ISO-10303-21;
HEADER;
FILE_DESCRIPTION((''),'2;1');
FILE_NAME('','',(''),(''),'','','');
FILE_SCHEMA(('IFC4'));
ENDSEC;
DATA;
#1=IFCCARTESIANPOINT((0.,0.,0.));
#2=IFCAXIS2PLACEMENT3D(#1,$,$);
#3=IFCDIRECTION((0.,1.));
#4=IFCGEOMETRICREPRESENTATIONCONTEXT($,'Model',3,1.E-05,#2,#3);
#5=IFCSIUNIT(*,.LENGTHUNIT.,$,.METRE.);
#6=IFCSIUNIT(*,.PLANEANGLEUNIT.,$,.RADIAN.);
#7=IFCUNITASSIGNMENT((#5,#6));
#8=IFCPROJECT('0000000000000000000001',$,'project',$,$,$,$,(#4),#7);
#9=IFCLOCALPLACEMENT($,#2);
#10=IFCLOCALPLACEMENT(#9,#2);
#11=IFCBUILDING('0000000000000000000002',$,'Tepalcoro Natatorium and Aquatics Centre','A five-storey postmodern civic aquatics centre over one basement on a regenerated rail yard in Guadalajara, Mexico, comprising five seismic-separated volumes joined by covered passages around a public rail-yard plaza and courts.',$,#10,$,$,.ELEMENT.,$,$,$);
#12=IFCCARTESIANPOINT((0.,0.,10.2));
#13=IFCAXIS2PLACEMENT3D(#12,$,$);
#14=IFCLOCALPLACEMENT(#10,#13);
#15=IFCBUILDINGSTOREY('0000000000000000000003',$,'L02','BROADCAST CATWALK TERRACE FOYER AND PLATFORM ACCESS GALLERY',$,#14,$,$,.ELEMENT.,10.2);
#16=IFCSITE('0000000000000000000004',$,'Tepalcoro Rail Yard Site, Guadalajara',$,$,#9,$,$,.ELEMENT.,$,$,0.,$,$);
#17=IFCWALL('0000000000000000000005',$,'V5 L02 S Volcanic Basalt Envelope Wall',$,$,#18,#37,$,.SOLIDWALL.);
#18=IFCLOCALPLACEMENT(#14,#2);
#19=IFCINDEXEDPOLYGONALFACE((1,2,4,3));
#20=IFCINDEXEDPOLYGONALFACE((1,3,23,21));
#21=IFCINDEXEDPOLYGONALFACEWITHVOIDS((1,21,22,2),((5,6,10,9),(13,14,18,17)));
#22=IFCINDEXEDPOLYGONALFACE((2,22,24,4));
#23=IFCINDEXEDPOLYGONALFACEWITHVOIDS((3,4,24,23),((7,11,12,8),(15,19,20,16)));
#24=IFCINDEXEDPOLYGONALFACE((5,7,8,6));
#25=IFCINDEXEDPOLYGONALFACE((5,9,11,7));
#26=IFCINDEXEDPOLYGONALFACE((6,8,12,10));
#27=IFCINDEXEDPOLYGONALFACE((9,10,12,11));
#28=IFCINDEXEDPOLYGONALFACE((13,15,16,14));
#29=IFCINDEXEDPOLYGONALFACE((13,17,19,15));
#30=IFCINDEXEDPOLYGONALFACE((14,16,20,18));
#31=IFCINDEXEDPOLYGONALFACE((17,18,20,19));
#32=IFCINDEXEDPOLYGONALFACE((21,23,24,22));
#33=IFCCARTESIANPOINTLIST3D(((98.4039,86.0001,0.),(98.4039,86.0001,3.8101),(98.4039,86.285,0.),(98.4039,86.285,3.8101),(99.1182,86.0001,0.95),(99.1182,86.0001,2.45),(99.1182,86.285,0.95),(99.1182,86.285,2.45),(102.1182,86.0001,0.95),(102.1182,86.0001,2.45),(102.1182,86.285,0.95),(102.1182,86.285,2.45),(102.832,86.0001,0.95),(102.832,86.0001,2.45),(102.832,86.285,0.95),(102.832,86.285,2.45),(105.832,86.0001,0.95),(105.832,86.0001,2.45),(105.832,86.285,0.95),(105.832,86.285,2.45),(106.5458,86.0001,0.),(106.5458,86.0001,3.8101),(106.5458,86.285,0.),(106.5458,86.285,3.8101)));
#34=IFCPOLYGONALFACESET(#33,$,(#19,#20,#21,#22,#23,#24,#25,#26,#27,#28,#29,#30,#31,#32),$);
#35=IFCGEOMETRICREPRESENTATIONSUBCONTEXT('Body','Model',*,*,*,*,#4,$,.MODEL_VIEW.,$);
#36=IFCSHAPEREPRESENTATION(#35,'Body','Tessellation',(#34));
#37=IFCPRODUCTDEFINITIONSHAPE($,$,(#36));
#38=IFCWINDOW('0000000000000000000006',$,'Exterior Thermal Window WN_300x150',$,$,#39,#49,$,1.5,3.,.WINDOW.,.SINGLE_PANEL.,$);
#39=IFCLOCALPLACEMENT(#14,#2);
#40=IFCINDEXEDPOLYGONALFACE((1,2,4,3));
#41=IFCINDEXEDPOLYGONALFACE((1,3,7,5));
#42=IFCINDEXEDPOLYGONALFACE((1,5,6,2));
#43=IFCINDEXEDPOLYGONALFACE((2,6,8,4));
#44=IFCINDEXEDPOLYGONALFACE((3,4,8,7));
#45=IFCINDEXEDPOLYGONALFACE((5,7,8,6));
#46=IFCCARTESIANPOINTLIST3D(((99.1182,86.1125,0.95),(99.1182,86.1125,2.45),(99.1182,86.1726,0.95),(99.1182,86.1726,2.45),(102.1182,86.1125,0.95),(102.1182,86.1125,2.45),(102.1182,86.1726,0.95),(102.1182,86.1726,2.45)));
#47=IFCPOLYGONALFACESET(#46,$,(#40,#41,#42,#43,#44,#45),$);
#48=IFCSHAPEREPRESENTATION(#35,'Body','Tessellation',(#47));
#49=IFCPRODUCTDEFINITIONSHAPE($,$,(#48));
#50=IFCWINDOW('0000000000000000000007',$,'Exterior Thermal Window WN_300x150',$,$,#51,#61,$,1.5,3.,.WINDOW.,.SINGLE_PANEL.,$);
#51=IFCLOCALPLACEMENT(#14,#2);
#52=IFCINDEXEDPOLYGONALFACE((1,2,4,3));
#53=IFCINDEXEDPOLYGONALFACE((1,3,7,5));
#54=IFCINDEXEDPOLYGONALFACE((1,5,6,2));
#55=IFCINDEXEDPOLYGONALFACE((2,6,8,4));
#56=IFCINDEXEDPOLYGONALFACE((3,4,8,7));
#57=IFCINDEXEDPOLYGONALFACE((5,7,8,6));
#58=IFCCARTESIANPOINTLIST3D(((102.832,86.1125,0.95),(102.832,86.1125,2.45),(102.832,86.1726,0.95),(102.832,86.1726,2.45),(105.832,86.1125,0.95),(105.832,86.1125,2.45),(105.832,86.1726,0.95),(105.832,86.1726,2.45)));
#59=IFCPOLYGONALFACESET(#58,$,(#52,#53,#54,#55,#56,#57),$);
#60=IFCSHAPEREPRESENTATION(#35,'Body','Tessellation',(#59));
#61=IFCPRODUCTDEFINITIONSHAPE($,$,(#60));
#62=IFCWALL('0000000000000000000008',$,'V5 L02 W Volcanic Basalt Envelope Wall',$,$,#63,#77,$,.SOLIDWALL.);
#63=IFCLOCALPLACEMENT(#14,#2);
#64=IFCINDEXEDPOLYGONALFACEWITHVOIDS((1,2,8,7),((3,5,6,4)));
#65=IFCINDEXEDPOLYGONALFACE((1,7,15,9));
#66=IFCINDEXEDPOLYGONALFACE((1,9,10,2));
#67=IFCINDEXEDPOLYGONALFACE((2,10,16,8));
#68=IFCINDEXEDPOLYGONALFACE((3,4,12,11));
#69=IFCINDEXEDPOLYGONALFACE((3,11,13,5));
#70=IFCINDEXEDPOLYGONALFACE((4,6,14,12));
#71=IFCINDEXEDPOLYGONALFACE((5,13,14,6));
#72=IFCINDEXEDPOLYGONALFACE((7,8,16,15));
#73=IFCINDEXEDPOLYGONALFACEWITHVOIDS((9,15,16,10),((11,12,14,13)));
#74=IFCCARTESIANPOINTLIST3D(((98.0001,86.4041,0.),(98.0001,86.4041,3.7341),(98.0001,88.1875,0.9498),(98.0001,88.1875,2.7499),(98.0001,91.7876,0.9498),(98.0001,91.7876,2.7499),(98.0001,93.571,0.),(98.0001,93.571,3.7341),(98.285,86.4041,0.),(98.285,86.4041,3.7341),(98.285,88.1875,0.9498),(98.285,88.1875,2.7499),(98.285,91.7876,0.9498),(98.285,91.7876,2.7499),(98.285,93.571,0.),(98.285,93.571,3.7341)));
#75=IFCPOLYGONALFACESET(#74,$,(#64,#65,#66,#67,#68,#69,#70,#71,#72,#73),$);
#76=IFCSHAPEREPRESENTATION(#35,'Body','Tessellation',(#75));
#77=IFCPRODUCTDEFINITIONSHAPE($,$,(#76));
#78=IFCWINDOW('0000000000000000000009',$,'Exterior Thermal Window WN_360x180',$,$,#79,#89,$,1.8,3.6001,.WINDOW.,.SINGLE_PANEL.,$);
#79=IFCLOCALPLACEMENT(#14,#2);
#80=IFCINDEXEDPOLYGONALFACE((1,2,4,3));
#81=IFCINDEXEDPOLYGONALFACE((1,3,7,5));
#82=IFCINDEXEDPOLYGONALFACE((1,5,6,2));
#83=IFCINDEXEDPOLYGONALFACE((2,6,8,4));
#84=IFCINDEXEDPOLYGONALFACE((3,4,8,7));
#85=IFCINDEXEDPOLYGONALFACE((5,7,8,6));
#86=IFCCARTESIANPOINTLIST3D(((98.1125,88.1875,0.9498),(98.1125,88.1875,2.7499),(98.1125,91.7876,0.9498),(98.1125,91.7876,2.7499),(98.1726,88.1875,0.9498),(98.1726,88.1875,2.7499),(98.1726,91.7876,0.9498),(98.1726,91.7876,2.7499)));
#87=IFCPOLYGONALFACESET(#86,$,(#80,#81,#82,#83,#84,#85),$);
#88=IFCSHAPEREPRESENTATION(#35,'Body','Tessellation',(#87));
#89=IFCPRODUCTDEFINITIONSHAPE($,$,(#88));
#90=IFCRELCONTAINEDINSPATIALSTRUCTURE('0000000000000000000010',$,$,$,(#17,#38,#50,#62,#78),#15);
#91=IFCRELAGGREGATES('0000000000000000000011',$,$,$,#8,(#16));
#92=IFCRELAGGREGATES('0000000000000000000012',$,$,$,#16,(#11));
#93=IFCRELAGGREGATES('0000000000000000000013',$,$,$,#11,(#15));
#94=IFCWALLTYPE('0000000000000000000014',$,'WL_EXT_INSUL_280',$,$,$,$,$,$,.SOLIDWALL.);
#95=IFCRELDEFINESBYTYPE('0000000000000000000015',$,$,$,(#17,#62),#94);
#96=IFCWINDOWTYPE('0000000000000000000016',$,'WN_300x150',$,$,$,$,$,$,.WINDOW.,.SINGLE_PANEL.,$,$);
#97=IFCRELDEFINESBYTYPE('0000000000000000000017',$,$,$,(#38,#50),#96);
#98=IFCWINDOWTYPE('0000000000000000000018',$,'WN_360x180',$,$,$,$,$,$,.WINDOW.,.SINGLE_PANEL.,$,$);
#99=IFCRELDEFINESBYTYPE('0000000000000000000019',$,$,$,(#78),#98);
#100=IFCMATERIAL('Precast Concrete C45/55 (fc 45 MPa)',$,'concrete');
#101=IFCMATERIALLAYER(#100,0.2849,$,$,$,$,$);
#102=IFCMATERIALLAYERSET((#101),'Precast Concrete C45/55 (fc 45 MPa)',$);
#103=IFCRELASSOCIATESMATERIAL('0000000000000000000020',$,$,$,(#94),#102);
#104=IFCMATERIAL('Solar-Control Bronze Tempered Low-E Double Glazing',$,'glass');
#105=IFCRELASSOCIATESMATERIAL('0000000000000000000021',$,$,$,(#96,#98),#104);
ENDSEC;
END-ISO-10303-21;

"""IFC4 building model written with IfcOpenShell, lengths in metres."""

from ifc_helpers import new_model, si_unit, direction, frame, frame_2d, origin, place, context, subcontext, project, spatial, rectangle, extrude, material, layer, layer_set, type_object, element, fill, save


model = new_model("IFC4")

# Units and contexts
model_context = context("Model", 3, precision=1e-05, world=origin(), true_north=direction((0.0, 1.0)))
body_context = subcontext(model_context, "Body", "Model", "MODEL_VIEW")
ifc_project = project(units=[si_unit("LENGTHUNIT", "METRE"), si_unit("PLANEANGLEUNIT", "RADIAN")], contexts=[model_context])

# Site, building, storey
site_placement = place(None, origin())
site = spatial("IfcSite", under=ifc_project, at=site_placement, Name="Tepalcoro Rail Yard Site, Guadalajara", CompositionType="ELEMENT", RefElevation=0.0)
building_placement = place(site_placement, origin())
building = spatial("IfcBuilding", under=site, at=building_placement, Name="Tepalcoro Natatorium and Aquatics Centre", Description="A five-storey postmodern civic aquatics centre over one basement on a regenerated rail yard in Guadalajara, Mexico, comprising five seismic-separated volumes joined by covered passages around a public rail-yard plaza and courts.", CompositionType="ELEMENT")
storey_placement = place(building_placement, frame((0.0, 0.0, 10.2)))
storey = spatial("IfcBuildingStorey", under=building, at=storey_placement, Name="L02", Description="BROADCAST CATWALK TERRACE FOYER AND PLATFORM ACCESS GALLERY", CompositionType="ELEMENT", Elevation=10.2)

# Wall, openings, windows
ifc_material_1 = material(Name="Precast Concrete C45/55 (fc 45 MPa)", Category="concrete")
ifc_layer_1 = layer(ifc_material_1, 0.2849)
ifc_layer_set_1 = layer_set([ifc_layer_1], Name="Precast Concrete C45/55 (fc 45 MPa)")
wall_type = type_object("IfcWallType", Name="WL_EXT_INSUL_280", PredefinedType="SOLIDWALL", material=ifc_layer_set_1)
wall_1_placement = place(storey_placement, frame((98.4041, 86.1426, 0.0), z_axis=(0.0, 0.0, 1.0), x_axis=(1.0, 0.0, 0.0)))
wall_1 = element("IfcWall", 1, at=wall_1_placement, inside=storey, type_object=wall_type, Name="V5 L02 S Volcanic Basalt Envelope Wall", PredefinedType="SOLIDWALL", context=body_context, shape_type="SweptSolid", body=[
    extrude(rectangle(XDim=8.1418, YDim=0.2849, at=frame_2d((4.0708, 0.0))), origin(), (0.0, 0.0, 1.0), 3.8101),
])
opening_1_placement = place(wall_1_placement, frame((0.7141, 0.0, 0.95)))
opening_1 = element("IfcOpeningElement", 2, at=opening_1_placement, cuts=wall_1, PredefinedType="OPENING", context=body_context, shape_type="SweptSolid", body=[
    extrude(rectangle(XDim=3.0, YDim=1.5, at=frame_2d((1.5, 0.75))), frame((0.0, 0.1543, 0.0), z_axis=(0.0, -1.0, 0.0), x_axis=(1.0, 0.0, 0.0)), (0.0, 0.0, 1.0), 0.3088),
])
opening_2_placement = place(wall_1_placement, frame((4.428, 0.0, 0.95)))
opening_2 = element("IfcOpeningElement", 3, at=opening_2_placement, cuts=wall_1, PredefinedType="OPENING", context=body_context, shape_type="SweptSolid", body=[
    extrude(rectangle(XDim=3.0, YDim=1.5, at=frame_2d((1.5, 0.75))), frame((0.0, 0.1543, 0.0), z_axis=(0.0, -1.0, 0.0), x_axis=(1.0, 0.0, 0.0)), (0.0, 0.0, 1.0), 0.3088),
])
ifc_material_2 = material(Name="Solar-Control Bronze Tempered Low-E Double Glazing", Category="glass")
window_type_1 = type_object("IfcWindowType", Name="WN_300x150", PartitioningType="SINGLE_PANEL", PredefinedType="WINDOW", material=ifc_material_2)
window_1_placement = place(opening_1_placement, origin())
window_1 = element("IfcWindow", 4, at=window_1_placement, inside=storey, type_object=window_type_1, Name="Exterior Thermal Window WN_300x150", OverallHeight=1.5, OverallWidth=3.0, PartitioningType="SINGLE_PANEL", PredefinedType="WINDOW", context=body_context, shape_type="SweptSolid", body=[
    extrude(rectangle(XDim=3.0, YDim=1.5, at=frame_2d((1.5, 0.75))), frame((0.0, 0.03, 0.0), z_axis=(0.0, -1.0, 0.0), x_axis=(1.0, 0.0, 0.0)), (0.0, 0.0, 1.0), 0.0601),
])
fill(opening_1, window_1)
window_2_placement = place(opening_2_placement, origin())
window_2 = element("IfcWindow", 5, at=window_2_placement, inside=storey, type_object=window_type_1, Name="Exterior Thermal Window WN_300x150", OverallHeight=1.5, OverallWidth=3.0, PartitioningType="SINGLE_PANEL", PredefinedType="WINDOW", context=body_context, shape_type="SweptSolid", body=[
    extrude(rectangle(XDim=3.0, YDim=1.5, at=frame_2d((1.5, 0.75))), frame((0.0, 0.03, 0.0), z_axis=(0.0, -1.0, 0.0), x_axis=(1.0, 0.0, 0.0)), (0.0, 0.0, 1.0), 0.0601),
])
fill(opening_2, window_2)

# Wall, opening, window
wall_2_placement = place(storey_placement, frame((98.1426, 86.4041, 0.0), z_axis=(0.0, 0.0, 1.0), x_axis=(0.0, 1.0, 0.0)))
wall_2 = element("IfcWall", 6, at=wall_2_placement, inside=storey, type_object=wall_type, Name="V5 L02 W Volcanic Basalt Envelope Wall", PredefinedType="SOLIDWALL", context=body_context, shape_type="SweptSolid", body=[
    extrude(rectangle(XDim=7.167, YDim=0.2849, at=frame_2d((3.5835, 0.0))), origin(), (0.0, 0.0, 1.0), 3.7341),
])
opening_3_placement = place(wall_2_placement, frame((1.7834, 0.0, 0.95)))
opening_3 = element("IfcOpeningElement", 7, at=opening_3_placement, cuts=wall_2, PredefinedType="OPENING", context=body_context, shape_type="SweptSolid", body=[
    extrude(rectangle(XDim=3.6001, YDim=1.8, at=frame_2d((1.8, 0.8999))), frame((0.0, 0.1543, 0.0), z_axis=(0.0, -1.0, 0.0), x_axis=(1.0, 0.0, 0.0)), (0.0, 0.0, 1.0), 0.3088),
])
window_type_2 = type_object("IfcWindowType", Name="WN_360x180", PartitioningType="SINGLE_PANEL", PredefinedType="WINDOW", material=ifc_material_2)
window_3_placement = place(opening_3_placement, origin())
window_3 = element("IfcWindow", 8, at=window_3_placement, inside=storey, type_object=window_type_2, Name="Exterior Thermal Window WN_360x180", OverallHeight=1.8, OverallWidth=3.6001, PartitioningType="SINGLE_PANEL", PredefinedType="WINDOW", context=body_context, shape_type="SweptSolid", body=[
    extrude(rectangle(XDim=3.6001, YDim=1.8, at=frame_2d((1.8, 0.8999))), frame((0.0, 0.03, 0.0), z_axis=(0.0, -1.0, 0.0), x_axis=(1.0, 0.0, 0.0)), (0.0, 0.0, 1.0), 0.0601),
])
fill(opening_3, window_3)

save(model, "model.ifc")
